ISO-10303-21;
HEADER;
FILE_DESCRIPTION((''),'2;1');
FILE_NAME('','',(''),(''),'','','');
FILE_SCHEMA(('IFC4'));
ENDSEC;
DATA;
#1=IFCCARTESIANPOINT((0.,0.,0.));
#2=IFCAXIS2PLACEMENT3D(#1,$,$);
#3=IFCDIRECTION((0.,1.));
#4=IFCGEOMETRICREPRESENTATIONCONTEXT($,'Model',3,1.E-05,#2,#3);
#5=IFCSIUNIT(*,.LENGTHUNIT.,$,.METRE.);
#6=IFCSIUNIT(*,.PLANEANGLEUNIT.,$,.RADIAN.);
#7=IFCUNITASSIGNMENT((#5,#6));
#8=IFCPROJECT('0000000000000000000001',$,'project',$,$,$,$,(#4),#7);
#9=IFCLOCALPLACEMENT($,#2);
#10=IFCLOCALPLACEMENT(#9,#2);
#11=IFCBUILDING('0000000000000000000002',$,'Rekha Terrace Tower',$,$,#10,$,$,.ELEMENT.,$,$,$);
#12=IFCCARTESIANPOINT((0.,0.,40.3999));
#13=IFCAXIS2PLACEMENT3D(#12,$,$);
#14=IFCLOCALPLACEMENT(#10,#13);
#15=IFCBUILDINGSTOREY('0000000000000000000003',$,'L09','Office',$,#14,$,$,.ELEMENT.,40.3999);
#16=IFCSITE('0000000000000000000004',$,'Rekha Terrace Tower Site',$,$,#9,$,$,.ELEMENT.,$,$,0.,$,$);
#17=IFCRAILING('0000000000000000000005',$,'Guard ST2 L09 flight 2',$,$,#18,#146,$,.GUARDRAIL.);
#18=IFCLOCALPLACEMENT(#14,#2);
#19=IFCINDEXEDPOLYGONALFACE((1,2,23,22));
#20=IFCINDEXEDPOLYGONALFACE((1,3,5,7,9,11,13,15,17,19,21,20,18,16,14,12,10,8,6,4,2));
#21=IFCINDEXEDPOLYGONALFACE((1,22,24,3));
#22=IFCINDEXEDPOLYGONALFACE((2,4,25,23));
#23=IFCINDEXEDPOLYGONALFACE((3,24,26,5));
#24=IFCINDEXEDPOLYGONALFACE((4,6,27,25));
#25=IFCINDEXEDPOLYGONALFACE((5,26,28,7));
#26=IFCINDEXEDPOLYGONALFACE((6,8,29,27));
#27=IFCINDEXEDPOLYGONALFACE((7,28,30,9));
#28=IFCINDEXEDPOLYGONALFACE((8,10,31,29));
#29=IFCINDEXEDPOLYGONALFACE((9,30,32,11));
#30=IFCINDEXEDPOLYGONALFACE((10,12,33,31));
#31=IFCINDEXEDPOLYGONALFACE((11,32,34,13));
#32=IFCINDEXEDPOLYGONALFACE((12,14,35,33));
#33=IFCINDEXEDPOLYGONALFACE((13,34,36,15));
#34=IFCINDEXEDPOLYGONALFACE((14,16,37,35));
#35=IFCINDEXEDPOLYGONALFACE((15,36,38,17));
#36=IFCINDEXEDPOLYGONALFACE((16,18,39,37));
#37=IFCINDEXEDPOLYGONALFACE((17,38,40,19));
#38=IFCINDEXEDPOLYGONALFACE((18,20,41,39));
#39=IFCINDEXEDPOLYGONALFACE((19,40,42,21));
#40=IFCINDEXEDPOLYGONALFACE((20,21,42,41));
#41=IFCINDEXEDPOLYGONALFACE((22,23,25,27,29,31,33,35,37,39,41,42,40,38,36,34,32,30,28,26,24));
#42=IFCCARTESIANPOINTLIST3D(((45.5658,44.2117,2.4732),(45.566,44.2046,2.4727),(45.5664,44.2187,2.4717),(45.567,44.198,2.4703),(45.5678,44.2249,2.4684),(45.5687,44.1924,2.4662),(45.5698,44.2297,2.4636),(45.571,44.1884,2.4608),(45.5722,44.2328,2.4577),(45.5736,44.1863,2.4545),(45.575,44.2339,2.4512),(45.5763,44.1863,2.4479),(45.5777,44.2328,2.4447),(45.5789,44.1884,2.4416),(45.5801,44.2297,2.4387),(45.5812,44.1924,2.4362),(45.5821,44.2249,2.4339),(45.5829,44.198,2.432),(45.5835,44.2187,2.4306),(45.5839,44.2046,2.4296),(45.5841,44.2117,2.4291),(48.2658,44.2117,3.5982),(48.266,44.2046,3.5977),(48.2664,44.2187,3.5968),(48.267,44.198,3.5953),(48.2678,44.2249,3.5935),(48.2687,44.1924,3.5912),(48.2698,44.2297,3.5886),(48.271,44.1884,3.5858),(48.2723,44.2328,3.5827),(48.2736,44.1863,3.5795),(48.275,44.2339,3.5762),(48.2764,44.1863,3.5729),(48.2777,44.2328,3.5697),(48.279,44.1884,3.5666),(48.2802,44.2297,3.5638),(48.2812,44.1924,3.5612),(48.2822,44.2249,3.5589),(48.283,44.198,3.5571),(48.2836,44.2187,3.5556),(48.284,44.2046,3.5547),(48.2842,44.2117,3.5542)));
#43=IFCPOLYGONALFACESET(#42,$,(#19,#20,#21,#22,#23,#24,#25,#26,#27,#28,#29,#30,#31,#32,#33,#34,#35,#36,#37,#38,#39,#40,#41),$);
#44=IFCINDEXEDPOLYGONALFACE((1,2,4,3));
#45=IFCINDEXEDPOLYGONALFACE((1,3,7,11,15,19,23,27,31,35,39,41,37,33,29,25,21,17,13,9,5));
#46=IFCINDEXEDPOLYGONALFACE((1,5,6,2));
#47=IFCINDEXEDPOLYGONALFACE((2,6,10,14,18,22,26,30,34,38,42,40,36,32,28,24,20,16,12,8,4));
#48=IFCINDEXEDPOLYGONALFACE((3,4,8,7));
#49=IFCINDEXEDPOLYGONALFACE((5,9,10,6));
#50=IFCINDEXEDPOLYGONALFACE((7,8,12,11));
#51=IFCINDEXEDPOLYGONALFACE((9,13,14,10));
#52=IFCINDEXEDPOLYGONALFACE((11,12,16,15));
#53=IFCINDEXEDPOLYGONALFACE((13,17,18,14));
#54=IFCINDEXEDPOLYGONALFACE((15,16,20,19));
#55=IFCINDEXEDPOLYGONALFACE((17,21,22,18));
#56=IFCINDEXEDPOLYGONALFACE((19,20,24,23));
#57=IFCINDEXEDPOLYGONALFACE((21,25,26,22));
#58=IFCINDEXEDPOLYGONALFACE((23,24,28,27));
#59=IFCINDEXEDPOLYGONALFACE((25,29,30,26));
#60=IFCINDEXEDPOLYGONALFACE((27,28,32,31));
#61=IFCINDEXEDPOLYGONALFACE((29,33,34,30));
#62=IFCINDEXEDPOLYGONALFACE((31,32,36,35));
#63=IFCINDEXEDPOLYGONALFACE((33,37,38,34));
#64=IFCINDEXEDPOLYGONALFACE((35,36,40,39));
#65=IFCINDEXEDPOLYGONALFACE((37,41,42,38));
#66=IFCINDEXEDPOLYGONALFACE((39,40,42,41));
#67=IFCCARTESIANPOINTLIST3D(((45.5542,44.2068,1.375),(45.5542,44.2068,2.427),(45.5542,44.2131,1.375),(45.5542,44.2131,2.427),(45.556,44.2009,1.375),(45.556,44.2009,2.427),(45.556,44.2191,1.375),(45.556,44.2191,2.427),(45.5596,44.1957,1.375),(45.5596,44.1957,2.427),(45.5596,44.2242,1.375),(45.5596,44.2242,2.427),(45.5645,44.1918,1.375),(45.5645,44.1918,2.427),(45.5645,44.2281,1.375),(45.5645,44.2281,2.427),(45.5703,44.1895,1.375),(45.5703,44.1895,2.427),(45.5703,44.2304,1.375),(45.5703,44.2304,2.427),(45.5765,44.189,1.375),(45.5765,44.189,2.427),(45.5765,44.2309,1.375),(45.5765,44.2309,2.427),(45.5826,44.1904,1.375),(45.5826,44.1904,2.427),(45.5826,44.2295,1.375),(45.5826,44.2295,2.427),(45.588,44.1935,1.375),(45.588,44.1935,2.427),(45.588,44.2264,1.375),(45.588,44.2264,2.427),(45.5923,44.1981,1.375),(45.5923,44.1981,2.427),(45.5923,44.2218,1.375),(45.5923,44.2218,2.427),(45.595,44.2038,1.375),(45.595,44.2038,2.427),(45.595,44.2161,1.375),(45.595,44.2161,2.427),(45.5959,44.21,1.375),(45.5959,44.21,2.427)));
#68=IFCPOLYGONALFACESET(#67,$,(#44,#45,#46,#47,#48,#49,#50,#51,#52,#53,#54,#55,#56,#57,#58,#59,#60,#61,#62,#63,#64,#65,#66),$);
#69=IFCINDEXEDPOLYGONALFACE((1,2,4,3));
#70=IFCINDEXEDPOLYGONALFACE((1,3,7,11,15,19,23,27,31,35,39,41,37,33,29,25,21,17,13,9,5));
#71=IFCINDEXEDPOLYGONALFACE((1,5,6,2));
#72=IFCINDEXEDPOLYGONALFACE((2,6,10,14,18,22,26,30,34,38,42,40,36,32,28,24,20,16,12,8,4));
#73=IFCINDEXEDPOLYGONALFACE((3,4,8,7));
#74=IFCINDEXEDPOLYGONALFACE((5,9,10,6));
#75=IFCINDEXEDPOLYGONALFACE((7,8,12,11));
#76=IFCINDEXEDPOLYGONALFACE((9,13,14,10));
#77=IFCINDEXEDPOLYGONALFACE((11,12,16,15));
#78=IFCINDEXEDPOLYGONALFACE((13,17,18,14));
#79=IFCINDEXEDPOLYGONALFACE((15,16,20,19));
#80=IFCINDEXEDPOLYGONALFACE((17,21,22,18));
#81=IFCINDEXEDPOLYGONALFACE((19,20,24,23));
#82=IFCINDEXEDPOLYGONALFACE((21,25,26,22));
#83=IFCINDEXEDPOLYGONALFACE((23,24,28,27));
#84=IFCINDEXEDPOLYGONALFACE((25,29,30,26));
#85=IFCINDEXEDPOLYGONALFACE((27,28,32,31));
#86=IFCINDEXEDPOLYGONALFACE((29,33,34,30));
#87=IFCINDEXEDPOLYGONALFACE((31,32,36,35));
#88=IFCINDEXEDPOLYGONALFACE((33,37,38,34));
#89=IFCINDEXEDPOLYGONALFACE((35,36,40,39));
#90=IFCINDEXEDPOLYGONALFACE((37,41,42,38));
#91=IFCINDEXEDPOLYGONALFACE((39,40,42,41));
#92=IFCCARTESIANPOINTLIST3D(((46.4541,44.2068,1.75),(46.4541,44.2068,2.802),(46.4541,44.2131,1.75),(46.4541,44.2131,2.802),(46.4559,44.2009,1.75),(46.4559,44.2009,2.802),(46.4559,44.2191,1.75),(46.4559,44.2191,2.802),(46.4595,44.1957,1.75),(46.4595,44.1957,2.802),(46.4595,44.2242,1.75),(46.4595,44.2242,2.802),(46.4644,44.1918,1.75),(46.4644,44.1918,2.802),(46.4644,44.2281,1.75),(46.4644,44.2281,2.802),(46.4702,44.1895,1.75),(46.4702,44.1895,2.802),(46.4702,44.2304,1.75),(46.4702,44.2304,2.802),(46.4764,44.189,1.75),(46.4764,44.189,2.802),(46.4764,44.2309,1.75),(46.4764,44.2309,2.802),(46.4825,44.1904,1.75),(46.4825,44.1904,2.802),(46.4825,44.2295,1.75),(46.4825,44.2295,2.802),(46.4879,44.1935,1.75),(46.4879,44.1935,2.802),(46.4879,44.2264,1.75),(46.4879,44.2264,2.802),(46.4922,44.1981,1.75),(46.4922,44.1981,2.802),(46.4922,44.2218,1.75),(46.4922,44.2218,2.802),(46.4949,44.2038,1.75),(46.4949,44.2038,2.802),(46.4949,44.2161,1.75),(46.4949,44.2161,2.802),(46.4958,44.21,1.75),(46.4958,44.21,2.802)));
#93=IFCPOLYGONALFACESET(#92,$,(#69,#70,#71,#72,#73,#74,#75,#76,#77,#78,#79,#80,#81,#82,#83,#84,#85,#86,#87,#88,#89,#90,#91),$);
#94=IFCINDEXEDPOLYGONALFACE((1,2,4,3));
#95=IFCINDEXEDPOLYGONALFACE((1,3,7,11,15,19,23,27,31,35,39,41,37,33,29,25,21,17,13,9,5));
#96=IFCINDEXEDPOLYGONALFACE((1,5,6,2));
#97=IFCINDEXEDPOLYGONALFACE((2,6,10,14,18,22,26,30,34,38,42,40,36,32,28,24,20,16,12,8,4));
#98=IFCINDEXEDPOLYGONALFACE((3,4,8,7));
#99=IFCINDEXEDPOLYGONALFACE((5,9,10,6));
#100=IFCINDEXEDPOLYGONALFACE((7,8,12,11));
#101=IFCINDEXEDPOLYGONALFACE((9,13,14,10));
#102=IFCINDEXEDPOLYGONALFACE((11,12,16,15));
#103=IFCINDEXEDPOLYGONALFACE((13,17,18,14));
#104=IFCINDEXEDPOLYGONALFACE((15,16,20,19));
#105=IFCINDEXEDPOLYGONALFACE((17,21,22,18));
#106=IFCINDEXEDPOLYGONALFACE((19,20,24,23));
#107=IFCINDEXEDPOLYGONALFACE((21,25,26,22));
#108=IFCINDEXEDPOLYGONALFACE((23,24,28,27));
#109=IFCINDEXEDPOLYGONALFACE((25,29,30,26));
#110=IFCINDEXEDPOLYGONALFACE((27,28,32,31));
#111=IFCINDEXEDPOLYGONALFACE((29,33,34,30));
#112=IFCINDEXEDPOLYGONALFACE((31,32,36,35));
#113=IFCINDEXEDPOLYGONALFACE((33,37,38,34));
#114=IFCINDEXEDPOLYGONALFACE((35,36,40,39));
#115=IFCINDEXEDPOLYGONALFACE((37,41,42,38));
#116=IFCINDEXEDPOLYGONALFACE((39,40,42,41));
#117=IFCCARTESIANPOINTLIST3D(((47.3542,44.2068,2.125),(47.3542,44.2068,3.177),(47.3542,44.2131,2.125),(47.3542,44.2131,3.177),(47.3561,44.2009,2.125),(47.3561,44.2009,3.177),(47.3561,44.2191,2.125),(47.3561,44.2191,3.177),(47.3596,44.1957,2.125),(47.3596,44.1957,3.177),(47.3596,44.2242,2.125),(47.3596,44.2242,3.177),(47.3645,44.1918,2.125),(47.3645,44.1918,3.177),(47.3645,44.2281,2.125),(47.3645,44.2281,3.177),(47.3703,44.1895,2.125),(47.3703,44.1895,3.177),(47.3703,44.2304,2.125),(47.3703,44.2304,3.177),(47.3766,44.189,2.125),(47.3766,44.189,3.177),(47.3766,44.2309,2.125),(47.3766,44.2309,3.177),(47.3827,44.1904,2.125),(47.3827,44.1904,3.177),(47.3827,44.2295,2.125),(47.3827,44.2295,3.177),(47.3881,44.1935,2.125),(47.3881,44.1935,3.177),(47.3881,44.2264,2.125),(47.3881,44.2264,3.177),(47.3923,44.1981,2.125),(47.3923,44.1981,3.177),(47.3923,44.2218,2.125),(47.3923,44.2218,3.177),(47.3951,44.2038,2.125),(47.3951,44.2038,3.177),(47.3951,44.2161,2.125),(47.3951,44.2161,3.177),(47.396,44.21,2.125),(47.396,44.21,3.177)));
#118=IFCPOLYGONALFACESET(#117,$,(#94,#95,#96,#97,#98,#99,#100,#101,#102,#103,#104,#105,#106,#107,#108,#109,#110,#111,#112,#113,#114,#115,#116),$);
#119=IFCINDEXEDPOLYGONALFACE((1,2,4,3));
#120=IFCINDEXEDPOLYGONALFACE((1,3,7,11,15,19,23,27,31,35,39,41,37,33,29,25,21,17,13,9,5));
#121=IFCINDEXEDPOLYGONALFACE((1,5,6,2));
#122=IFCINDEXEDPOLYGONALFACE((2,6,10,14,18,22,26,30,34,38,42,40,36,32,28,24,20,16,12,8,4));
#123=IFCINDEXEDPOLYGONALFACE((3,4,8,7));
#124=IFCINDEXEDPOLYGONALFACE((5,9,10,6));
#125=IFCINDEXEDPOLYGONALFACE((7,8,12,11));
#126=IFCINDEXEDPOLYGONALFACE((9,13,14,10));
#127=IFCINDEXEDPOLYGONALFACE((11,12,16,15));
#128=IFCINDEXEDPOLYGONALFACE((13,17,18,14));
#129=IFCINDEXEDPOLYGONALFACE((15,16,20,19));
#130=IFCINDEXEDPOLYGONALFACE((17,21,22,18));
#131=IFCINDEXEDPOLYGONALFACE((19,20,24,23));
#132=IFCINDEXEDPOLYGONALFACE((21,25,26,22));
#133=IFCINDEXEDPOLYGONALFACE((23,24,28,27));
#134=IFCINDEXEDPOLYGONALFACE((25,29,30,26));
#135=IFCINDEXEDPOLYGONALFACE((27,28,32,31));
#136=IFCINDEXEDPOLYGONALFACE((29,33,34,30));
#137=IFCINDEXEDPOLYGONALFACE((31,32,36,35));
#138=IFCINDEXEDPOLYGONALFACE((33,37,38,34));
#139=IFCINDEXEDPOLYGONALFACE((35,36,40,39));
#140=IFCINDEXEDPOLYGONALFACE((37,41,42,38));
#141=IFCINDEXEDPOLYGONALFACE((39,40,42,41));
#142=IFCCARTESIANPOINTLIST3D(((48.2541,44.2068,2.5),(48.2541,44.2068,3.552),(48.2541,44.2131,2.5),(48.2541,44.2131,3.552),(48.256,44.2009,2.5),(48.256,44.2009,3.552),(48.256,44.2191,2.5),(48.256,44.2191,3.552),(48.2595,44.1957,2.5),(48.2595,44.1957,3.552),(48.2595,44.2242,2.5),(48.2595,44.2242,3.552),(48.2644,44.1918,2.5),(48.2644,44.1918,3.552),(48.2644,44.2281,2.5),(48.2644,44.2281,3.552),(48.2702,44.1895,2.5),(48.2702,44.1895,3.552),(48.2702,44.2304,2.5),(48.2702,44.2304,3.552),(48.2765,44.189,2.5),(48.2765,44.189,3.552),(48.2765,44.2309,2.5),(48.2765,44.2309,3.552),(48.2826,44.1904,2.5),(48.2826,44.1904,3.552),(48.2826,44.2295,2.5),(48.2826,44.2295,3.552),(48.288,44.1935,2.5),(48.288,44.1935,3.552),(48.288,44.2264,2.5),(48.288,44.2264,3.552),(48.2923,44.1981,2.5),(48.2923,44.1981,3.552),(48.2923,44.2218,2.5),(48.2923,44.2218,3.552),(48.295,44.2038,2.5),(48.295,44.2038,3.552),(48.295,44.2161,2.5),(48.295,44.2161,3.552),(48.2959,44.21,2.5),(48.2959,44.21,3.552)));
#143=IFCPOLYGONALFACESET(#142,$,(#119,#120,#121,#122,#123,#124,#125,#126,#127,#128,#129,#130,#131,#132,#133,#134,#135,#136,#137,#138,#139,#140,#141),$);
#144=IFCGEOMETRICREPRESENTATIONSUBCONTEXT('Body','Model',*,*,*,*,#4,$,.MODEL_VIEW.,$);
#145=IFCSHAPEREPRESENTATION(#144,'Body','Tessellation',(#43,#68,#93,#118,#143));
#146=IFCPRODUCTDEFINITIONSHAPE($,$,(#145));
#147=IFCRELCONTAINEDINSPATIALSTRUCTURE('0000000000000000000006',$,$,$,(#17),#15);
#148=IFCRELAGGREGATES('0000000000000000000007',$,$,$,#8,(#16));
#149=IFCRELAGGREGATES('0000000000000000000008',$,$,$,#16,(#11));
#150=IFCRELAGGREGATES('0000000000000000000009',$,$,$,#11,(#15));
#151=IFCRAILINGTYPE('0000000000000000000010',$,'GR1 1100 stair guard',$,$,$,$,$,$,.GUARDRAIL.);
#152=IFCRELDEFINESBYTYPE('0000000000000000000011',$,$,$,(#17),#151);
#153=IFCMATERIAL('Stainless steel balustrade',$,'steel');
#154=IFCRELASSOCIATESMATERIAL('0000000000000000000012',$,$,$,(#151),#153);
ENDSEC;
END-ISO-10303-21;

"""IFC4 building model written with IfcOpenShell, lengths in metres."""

from ifc_helpers import new_model, si_unit, direction, frame, origin, origin_2d, place, context, subcontext, project, spatial, circle, extrude, material, type_object, element, save


model = new_model("IFC4")

# Units and contexts
model_context = context("Model", 3, precision=1e-05, world=origin(), true_north=direction((0.0, 1.0)))
body_context = subcontext(model_context, "Body", "Model", "MODEL_VIEW")
ifc_project = project(units=[si_unit("LENGTHUNIT", "METRE"), si_unit("PLANEANGLEUNIT", "RADIAN")], contexts=[model_context])

# Site, building, storey
site_placement = place(None, origin())
site = spatial("IfcSite", under=ifc_project, at=site_placement, Name="Rekha Terrace Tower Site", CompositionType="ELEMENT", RefElevation=0.0)
building_placement = place(site_placement, origin())
building = spatial("IfcBuilding", under=site, at=building_placement, Name="Rekha Terrace Tower", CompositionType="ELEMENT")
storey_placement = place(building_placement, frame((0.0, 0.0, 40.3999)))
storey = spatial("IfcBuildingStorey", under=building, at=storey_placement, Name="L09", Description="Office", CompositionType="ELEMENT", Elevation=40.3999)

# Railing
ifc_material_1 = material(Name="Stainless steel balustrade", Category="steel")
railing_type = type_object("IfcRailingType", Name="GR1 1100 stair guard", PredefinedType="GUARDRAIL", material=ifc_material_1)
railing_1_placement = place(storey_placement, frame((45.575, 44.21, 1.375)))
element("IfcRailing", 1, at=railing_1_placement, inside=storey, type_object=railing_type, Name="Guard ST2 L09 flight 2", PredefinedType="GUARDRAIL", context=body_context, shape_type="SweptSolid", body=[
    extrude(circle(Radius=0.0239, at=origin_2d()), frame((0.0, 0.0, 1.0762), z_axis=(0.923074, 0.0, 0.384621), x_axis=(0.0, 1.0, 0.0)), (0.0, 0.0, 1.0), 2.925),
    extrude(circle(Radius=0.021, at=origin_2d()), origin(), (0.0, 0.0, 1.0), 1.052),
    extrude(circle(Radius=0.021, at=origin_2d()), frame((0.8999, 0.0, 0.375)), (0.0, 0.0, 1.0), 1.052),
    extrude(circle(Radius=0.021, at=origin_2d()), frame((1.8, 0.0, 0.75)), (0.0, 0.0, 1.0), 1.052),
    extrude(circle(Radius=0.021, at=origin_2d()), frame((2.7, 0.0, 1.125)), (0.0, 0.0, 1.0), 1.052),
])

save(model, "model.ifc")
